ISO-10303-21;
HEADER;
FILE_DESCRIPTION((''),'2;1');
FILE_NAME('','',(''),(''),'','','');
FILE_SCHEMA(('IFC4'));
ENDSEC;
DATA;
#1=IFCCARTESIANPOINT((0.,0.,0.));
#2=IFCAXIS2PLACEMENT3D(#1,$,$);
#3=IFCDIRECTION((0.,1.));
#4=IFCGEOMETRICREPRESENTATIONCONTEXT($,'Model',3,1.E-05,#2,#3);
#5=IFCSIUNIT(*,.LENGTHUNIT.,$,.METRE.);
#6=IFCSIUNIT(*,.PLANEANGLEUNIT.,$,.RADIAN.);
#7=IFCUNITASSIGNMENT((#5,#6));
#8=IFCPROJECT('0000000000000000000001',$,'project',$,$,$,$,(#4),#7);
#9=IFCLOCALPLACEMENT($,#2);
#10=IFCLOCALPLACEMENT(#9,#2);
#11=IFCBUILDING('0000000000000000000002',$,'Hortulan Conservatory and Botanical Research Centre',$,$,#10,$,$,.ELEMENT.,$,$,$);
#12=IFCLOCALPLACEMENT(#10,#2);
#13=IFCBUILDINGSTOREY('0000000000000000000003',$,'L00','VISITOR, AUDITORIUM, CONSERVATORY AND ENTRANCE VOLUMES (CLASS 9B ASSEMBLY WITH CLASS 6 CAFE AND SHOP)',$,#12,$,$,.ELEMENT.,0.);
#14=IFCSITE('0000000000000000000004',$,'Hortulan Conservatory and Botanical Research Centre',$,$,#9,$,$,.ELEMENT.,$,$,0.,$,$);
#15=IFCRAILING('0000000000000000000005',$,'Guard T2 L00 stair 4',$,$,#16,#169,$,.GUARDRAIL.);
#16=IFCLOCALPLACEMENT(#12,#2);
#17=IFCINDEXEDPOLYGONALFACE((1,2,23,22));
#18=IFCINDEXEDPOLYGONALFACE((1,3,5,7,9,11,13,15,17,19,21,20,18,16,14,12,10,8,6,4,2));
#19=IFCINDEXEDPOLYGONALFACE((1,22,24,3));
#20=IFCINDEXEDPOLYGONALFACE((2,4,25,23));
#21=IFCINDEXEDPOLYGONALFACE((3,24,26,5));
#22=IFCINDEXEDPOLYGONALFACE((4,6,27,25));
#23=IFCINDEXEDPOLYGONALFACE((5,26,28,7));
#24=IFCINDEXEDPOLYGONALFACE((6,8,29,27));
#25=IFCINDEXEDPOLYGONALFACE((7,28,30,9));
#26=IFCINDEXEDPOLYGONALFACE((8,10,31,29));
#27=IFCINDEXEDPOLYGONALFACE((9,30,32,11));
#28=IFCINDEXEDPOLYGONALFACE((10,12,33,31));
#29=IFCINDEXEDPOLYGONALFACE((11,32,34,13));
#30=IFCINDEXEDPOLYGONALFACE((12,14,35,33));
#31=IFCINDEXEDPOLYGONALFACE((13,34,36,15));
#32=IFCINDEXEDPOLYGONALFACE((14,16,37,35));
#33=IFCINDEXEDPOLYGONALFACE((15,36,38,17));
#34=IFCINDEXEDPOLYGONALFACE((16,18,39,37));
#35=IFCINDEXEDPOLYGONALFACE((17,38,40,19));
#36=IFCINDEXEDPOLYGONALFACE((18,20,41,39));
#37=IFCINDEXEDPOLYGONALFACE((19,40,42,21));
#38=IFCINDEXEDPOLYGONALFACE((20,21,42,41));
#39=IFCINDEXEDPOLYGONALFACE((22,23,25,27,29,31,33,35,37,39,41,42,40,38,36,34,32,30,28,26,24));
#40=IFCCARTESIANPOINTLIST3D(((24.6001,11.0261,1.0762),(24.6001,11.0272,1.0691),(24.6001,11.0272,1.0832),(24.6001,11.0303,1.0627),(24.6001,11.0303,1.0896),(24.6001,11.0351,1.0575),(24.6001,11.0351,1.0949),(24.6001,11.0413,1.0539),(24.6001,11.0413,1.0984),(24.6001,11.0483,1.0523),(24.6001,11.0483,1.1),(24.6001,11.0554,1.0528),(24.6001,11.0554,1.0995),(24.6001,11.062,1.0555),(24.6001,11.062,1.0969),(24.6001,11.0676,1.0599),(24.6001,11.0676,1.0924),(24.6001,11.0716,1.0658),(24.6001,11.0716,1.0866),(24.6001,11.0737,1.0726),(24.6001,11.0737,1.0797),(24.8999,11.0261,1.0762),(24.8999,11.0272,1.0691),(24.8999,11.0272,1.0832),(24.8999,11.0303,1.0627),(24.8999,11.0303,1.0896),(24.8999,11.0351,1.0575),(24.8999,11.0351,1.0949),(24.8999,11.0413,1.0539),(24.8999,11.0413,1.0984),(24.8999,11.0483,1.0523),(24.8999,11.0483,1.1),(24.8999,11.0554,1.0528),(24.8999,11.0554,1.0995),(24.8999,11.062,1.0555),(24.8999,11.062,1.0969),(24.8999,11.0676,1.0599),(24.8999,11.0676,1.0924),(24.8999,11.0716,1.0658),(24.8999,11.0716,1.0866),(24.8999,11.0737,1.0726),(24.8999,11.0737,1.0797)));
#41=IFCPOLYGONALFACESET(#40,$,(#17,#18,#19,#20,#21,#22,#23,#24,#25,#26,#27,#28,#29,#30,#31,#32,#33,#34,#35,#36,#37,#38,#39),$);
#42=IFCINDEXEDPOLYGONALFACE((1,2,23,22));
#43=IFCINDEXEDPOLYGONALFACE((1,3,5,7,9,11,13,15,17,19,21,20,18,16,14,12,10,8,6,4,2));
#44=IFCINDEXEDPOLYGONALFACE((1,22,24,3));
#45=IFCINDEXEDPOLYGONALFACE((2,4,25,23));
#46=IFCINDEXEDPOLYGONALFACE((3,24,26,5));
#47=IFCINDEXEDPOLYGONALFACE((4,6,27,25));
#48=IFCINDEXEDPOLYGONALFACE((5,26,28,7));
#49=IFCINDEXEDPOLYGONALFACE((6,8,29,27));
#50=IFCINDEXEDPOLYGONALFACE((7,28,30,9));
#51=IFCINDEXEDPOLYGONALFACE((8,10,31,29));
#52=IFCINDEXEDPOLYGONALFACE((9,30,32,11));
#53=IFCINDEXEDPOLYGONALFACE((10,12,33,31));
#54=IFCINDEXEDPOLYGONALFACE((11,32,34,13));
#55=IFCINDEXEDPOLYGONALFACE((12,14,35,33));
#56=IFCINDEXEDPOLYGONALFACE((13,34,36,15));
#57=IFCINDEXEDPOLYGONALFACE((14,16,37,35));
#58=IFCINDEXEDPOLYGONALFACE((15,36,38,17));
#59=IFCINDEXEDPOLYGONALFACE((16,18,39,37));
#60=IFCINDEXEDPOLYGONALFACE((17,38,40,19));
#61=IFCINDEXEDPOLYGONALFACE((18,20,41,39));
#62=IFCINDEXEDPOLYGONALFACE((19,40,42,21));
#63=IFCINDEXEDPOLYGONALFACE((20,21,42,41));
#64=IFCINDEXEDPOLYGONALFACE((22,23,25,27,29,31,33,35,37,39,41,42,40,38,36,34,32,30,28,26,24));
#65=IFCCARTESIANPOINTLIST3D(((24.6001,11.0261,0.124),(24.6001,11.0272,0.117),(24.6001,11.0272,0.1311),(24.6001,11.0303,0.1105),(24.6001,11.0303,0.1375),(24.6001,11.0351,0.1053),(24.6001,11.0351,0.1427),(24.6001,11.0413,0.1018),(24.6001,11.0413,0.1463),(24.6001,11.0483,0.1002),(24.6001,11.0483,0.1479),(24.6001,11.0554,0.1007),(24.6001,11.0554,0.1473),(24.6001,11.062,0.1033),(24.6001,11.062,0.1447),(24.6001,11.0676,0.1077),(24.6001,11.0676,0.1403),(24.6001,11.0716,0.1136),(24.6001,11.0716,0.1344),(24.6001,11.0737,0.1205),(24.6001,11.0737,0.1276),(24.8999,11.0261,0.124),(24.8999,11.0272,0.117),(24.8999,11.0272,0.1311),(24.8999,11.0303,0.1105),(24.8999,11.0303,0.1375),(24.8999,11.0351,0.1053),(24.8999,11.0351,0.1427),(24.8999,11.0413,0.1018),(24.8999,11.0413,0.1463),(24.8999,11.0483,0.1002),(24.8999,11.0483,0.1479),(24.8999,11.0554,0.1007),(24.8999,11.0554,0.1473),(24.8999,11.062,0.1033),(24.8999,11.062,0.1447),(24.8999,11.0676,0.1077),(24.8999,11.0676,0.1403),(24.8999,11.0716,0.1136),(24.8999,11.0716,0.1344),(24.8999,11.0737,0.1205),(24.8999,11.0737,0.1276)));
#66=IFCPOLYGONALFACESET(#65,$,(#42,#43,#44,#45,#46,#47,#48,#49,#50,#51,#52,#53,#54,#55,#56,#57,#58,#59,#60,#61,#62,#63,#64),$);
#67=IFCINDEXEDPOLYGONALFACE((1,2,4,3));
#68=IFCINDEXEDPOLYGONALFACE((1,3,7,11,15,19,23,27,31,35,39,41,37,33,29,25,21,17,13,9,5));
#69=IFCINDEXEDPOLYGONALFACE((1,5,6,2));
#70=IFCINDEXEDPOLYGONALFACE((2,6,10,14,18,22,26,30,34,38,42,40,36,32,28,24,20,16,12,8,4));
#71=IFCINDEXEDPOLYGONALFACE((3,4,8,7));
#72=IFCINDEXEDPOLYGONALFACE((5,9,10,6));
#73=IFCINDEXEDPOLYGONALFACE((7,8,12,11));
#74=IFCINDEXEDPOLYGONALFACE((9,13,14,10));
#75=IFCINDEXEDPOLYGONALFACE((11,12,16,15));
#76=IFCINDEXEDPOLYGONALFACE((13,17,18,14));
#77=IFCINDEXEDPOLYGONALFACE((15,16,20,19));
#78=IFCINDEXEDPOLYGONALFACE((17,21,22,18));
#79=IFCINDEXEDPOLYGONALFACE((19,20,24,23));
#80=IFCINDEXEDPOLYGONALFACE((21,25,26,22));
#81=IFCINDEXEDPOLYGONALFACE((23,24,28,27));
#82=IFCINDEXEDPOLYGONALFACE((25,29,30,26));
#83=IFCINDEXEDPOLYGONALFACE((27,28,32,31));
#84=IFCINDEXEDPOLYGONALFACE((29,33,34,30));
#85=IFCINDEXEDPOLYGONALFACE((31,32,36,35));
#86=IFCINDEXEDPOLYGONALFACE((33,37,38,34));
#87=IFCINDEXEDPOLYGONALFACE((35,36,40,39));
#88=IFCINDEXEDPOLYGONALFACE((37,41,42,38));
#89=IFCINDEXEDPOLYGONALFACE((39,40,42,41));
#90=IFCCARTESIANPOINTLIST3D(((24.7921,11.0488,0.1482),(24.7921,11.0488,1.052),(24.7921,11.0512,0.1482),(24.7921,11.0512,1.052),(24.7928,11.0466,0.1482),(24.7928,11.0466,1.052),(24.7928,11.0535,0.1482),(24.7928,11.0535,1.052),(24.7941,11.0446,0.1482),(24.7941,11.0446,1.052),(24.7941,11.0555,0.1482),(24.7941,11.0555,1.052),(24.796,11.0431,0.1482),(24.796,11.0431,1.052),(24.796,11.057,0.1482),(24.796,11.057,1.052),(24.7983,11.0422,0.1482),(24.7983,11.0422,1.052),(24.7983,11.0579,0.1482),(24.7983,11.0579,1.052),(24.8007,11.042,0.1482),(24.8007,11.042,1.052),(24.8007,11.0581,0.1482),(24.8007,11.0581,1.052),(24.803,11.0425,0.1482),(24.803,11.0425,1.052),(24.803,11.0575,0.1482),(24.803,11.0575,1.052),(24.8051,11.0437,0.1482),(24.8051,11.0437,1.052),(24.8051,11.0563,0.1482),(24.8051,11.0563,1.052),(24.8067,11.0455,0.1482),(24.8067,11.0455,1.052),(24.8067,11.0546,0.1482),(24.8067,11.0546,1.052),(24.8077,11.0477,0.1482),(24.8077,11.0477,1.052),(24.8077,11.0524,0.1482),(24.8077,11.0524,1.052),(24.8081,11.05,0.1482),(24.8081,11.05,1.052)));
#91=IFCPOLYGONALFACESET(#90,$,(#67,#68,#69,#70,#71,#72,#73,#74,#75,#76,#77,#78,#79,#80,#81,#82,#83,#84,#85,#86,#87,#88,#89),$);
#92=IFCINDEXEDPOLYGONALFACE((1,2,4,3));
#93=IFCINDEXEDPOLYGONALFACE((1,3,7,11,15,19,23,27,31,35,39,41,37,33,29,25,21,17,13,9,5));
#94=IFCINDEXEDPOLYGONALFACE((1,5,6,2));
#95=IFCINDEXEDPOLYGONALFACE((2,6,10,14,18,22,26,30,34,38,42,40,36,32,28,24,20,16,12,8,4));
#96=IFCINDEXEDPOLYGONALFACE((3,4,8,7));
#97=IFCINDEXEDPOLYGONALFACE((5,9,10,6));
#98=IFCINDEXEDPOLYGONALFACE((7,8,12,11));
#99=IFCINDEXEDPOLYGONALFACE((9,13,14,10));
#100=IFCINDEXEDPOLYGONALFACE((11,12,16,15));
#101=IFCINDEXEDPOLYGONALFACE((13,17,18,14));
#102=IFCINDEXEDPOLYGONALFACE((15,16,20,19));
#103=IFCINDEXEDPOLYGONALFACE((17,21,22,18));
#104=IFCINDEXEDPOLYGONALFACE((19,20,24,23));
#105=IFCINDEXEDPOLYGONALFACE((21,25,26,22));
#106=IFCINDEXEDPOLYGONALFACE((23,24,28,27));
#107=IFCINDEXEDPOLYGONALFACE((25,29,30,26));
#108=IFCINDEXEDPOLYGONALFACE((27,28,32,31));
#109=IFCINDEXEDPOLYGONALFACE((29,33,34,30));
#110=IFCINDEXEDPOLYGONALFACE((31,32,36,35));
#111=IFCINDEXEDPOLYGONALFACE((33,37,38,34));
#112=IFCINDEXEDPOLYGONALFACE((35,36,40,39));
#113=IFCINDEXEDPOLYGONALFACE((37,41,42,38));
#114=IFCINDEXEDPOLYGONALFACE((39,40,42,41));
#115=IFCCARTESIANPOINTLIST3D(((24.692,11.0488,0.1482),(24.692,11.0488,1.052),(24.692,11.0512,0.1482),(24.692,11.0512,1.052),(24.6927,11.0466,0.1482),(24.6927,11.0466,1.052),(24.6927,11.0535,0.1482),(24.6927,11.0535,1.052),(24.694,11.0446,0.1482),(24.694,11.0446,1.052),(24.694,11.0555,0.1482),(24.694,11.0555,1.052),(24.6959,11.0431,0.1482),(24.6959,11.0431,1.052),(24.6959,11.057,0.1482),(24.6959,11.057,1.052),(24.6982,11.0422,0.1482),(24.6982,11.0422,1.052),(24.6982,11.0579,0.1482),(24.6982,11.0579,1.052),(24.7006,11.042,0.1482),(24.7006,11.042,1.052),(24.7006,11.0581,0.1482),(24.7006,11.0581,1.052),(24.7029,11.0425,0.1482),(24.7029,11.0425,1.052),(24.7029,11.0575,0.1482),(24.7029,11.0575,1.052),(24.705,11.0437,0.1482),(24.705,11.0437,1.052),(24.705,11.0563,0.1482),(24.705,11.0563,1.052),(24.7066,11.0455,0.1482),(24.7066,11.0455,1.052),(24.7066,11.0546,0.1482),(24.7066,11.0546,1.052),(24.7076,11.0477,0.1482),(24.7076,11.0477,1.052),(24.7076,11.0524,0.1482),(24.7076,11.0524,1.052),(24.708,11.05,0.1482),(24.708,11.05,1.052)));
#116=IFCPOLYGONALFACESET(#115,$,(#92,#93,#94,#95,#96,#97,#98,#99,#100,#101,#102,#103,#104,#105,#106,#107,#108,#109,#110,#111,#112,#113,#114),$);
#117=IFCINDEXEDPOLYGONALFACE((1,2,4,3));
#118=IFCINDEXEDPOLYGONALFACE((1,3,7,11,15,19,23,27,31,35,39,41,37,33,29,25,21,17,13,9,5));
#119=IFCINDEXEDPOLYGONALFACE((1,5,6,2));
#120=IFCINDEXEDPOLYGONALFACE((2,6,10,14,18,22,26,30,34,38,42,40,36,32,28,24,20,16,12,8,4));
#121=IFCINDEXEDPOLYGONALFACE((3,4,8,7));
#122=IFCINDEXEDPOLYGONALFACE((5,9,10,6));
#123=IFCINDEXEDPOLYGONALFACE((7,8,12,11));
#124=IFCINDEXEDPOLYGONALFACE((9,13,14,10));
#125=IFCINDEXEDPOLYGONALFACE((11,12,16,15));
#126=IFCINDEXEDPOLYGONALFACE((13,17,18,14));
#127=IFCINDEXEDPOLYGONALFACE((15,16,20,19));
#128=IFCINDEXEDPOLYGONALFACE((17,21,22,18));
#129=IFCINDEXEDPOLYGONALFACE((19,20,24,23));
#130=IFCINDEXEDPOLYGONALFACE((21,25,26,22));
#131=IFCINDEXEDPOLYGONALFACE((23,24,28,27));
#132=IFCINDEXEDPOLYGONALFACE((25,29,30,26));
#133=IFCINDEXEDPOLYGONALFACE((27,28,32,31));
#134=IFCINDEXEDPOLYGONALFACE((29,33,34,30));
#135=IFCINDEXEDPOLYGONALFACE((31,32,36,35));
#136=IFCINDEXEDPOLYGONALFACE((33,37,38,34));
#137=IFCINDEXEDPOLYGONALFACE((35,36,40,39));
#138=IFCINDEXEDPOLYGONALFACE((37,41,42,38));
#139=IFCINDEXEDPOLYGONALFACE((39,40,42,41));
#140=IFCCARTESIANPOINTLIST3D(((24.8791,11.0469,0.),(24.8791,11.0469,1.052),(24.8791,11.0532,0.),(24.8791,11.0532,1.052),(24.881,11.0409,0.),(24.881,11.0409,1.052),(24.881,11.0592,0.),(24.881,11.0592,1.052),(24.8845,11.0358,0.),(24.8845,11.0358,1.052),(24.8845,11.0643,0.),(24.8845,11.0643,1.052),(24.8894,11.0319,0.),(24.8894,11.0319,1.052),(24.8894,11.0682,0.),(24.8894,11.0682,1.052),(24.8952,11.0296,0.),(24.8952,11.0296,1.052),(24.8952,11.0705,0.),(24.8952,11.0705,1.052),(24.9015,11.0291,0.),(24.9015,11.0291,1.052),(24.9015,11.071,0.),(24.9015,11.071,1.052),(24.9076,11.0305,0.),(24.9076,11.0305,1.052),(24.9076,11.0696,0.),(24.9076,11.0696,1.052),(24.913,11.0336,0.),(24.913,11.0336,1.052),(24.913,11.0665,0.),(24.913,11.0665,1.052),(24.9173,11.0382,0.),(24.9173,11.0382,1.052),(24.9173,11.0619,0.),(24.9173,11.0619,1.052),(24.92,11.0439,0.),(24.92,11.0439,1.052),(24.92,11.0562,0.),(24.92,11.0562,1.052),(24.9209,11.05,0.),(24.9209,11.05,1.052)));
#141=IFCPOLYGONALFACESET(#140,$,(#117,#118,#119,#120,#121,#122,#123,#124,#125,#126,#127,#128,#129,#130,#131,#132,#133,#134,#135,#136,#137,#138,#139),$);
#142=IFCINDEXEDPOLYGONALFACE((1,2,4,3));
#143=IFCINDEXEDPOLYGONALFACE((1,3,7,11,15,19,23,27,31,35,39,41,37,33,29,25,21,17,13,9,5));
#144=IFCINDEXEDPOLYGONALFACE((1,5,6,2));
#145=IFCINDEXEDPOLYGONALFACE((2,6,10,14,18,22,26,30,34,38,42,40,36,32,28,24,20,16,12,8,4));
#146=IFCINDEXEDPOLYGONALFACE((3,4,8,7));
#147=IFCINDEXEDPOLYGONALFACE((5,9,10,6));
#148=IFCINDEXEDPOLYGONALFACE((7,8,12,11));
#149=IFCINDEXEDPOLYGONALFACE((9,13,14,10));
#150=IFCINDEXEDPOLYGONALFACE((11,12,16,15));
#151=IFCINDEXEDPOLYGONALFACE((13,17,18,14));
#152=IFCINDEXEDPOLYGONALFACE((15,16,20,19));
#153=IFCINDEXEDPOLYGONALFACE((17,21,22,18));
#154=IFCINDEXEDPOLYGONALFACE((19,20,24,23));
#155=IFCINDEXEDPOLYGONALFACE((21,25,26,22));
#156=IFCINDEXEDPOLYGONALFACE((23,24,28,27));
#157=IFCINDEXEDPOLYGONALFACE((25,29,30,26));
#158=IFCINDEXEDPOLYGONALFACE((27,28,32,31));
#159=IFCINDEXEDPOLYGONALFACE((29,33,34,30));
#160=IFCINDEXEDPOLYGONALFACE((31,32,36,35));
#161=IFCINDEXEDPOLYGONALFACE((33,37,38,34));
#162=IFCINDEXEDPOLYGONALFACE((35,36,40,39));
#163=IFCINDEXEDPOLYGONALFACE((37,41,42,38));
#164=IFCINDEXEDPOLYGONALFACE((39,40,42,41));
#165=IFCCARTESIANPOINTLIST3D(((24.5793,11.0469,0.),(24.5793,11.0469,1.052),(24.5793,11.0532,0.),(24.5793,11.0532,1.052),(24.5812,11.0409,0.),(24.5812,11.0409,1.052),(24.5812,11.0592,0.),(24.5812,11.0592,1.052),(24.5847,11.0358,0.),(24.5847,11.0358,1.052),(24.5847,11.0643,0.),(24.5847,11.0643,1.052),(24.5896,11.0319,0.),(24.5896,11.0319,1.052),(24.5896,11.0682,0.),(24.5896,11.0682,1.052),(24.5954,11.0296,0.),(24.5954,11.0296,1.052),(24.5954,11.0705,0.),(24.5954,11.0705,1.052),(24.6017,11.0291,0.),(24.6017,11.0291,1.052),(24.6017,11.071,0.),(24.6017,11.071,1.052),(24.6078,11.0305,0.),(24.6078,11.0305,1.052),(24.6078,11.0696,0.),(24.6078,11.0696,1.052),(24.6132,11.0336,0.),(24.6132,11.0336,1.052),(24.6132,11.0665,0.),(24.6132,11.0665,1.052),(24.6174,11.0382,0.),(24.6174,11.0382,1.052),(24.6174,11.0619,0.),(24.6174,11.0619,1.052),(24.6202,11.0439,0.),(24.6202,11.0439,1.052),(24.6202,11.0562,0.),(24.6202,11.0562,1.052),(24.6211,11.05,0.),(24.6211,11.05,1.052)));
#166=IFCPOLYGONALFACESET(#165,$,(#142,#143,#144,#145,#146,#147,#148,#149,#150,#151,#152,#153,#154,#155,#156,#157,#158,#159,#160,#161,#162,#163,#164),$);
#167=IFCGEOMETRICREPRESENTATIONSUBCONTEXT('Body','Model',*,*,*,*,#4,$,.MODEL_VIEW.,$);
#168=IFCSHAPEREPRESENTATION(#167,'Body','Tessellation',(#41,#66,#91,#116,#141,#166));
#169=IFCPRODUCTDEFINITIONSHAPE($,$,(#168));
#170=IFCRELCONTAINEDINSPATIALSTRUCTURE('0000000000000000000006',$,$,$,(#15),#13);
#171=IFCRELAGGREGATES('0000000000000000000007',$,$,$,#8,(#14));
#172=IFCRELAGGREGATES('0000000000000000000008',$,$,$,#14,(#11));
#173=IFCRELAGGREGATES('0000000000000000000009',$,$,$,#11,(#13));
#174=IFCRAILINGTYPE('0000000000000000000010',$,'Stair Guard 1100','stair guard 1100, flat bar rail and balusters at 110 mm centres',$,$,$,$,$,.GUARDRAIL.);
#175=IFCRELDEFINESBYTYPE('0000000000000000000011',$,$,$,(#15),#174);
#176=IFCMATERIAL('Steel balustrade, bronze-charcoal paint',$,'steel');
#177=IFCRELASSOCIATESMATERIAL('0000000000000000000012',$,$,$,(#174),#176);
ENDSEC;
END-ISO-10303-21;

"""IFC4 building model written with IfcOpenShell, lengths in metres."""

from ifc_helpers import new_model, si_unit, direction, frame, origin, origin_2d, place, context, subcontext, project, spatial, circle, extrude, material, type_object, element, save


model = new_model("IFC4")

# Units and contexts
model_context = context("Model", 3, precision=1e-05, world=origin(), true_north=direction((0.0, 1.0)))
body_context = subcontext(model_context, "Body", "Model", "MODEL_VIEW")
ifc_project = project(units=[si_unit("LENGTHUNIT", "METRE"), si_unit("PLANEANGLEUNIT", "RADIAN")], contexts=[model_context])

# Site, building, storey
site_placement = place(None, origin())
site = spatial("IfcSite", under=ifc_project, at=site_placement, Name="Hortulan Conservatory and Botanical Research Centre", CompositionType="ELEMENT", RefElevation=0.0)
building_placement = place(site_placement, origin())
building = spatial("IfcBuilding", under=site, at=building_placement, Name="Hortulan Conservatory and Botanical Research Centre", CompositionType="ELEMENT")
storey_placement = place(building_placement, origin())
storey = spatial("IfcBuildingStorey", under=building, at=storey_placement, Name="L00", Description="VISITOR, AUDITORIUM, CONSERVATORY AND ENTRANCE VOLUMES (CLASS 9B ASSEMBLY WITH CLASS 6 CAFE AND SHOP)", CompositionType="ELEMENT", Elevation=0.0)

# Railing
ifc_material_1 = material(Name="Steel balustrade, bronze-charcoal paint", Category="steel")
railing_type_1 = type_object("IfcRailingType", Name="Stair Guard 1100", Description="stair guard 1100, flat bar rail and balusters at 110 mm centres", PredefinedType="GUARDRAIL", material=ifc_material_1)
railing_1_placement = place(storey_placement, frame((24.8999, 11.05, 0.0)))
element("IfcRailing", 1, at=railing_1_placement, inside=storey, type_object=railing_type_1, Name="Guard T2 L00 stair 4", PredefinedType="GUARDRAIL", context=body_context, shape_type="SweptSolid", body=[
    extrude(circle(Radius=0.0239, at=origin_2d()), frame((0.0, 0.0, 1.0762), z_axis=(-1.0, 0.0, 0.0), x_axis=(0.0, -1.0, 0.0)), (0.0, 0.0, 1.0), 0.2998),
    extrude(circle(Radius=0.0239, at=origin_2d()), frame((0.0, 0.0, 0.124), z_axis=(-1.0, 0.0, 0.0), x_axis=(0.0, -1.0, 0.0)), (0.0, 0.0, 1.0), 0.2998),
    extrude(circle(Radius=0.0081, at=origin_2d()), frame((-0.0999, 0.0, 0.1482)), (0.0, 0.0, 1.0), 0.9038),
    extrude(circle(Radius=0.0081, at=origin_2d()), frame((-0.2, 0.0, 0.1482)), (0.0, 0.0, 1.0), 0.9038),
    extrude(circle(Radius=0.021, at=origin_2d()), origin(), (0.0, 0.0, 1.0), 1.052),
    extrude(circle(Radius=0.021, at=origin_2d()), frame((-0.2998, 0.0, 0.0)), (0.0, 0.0, 1.0), 1.052),
])

save(model, "model.ifc")
